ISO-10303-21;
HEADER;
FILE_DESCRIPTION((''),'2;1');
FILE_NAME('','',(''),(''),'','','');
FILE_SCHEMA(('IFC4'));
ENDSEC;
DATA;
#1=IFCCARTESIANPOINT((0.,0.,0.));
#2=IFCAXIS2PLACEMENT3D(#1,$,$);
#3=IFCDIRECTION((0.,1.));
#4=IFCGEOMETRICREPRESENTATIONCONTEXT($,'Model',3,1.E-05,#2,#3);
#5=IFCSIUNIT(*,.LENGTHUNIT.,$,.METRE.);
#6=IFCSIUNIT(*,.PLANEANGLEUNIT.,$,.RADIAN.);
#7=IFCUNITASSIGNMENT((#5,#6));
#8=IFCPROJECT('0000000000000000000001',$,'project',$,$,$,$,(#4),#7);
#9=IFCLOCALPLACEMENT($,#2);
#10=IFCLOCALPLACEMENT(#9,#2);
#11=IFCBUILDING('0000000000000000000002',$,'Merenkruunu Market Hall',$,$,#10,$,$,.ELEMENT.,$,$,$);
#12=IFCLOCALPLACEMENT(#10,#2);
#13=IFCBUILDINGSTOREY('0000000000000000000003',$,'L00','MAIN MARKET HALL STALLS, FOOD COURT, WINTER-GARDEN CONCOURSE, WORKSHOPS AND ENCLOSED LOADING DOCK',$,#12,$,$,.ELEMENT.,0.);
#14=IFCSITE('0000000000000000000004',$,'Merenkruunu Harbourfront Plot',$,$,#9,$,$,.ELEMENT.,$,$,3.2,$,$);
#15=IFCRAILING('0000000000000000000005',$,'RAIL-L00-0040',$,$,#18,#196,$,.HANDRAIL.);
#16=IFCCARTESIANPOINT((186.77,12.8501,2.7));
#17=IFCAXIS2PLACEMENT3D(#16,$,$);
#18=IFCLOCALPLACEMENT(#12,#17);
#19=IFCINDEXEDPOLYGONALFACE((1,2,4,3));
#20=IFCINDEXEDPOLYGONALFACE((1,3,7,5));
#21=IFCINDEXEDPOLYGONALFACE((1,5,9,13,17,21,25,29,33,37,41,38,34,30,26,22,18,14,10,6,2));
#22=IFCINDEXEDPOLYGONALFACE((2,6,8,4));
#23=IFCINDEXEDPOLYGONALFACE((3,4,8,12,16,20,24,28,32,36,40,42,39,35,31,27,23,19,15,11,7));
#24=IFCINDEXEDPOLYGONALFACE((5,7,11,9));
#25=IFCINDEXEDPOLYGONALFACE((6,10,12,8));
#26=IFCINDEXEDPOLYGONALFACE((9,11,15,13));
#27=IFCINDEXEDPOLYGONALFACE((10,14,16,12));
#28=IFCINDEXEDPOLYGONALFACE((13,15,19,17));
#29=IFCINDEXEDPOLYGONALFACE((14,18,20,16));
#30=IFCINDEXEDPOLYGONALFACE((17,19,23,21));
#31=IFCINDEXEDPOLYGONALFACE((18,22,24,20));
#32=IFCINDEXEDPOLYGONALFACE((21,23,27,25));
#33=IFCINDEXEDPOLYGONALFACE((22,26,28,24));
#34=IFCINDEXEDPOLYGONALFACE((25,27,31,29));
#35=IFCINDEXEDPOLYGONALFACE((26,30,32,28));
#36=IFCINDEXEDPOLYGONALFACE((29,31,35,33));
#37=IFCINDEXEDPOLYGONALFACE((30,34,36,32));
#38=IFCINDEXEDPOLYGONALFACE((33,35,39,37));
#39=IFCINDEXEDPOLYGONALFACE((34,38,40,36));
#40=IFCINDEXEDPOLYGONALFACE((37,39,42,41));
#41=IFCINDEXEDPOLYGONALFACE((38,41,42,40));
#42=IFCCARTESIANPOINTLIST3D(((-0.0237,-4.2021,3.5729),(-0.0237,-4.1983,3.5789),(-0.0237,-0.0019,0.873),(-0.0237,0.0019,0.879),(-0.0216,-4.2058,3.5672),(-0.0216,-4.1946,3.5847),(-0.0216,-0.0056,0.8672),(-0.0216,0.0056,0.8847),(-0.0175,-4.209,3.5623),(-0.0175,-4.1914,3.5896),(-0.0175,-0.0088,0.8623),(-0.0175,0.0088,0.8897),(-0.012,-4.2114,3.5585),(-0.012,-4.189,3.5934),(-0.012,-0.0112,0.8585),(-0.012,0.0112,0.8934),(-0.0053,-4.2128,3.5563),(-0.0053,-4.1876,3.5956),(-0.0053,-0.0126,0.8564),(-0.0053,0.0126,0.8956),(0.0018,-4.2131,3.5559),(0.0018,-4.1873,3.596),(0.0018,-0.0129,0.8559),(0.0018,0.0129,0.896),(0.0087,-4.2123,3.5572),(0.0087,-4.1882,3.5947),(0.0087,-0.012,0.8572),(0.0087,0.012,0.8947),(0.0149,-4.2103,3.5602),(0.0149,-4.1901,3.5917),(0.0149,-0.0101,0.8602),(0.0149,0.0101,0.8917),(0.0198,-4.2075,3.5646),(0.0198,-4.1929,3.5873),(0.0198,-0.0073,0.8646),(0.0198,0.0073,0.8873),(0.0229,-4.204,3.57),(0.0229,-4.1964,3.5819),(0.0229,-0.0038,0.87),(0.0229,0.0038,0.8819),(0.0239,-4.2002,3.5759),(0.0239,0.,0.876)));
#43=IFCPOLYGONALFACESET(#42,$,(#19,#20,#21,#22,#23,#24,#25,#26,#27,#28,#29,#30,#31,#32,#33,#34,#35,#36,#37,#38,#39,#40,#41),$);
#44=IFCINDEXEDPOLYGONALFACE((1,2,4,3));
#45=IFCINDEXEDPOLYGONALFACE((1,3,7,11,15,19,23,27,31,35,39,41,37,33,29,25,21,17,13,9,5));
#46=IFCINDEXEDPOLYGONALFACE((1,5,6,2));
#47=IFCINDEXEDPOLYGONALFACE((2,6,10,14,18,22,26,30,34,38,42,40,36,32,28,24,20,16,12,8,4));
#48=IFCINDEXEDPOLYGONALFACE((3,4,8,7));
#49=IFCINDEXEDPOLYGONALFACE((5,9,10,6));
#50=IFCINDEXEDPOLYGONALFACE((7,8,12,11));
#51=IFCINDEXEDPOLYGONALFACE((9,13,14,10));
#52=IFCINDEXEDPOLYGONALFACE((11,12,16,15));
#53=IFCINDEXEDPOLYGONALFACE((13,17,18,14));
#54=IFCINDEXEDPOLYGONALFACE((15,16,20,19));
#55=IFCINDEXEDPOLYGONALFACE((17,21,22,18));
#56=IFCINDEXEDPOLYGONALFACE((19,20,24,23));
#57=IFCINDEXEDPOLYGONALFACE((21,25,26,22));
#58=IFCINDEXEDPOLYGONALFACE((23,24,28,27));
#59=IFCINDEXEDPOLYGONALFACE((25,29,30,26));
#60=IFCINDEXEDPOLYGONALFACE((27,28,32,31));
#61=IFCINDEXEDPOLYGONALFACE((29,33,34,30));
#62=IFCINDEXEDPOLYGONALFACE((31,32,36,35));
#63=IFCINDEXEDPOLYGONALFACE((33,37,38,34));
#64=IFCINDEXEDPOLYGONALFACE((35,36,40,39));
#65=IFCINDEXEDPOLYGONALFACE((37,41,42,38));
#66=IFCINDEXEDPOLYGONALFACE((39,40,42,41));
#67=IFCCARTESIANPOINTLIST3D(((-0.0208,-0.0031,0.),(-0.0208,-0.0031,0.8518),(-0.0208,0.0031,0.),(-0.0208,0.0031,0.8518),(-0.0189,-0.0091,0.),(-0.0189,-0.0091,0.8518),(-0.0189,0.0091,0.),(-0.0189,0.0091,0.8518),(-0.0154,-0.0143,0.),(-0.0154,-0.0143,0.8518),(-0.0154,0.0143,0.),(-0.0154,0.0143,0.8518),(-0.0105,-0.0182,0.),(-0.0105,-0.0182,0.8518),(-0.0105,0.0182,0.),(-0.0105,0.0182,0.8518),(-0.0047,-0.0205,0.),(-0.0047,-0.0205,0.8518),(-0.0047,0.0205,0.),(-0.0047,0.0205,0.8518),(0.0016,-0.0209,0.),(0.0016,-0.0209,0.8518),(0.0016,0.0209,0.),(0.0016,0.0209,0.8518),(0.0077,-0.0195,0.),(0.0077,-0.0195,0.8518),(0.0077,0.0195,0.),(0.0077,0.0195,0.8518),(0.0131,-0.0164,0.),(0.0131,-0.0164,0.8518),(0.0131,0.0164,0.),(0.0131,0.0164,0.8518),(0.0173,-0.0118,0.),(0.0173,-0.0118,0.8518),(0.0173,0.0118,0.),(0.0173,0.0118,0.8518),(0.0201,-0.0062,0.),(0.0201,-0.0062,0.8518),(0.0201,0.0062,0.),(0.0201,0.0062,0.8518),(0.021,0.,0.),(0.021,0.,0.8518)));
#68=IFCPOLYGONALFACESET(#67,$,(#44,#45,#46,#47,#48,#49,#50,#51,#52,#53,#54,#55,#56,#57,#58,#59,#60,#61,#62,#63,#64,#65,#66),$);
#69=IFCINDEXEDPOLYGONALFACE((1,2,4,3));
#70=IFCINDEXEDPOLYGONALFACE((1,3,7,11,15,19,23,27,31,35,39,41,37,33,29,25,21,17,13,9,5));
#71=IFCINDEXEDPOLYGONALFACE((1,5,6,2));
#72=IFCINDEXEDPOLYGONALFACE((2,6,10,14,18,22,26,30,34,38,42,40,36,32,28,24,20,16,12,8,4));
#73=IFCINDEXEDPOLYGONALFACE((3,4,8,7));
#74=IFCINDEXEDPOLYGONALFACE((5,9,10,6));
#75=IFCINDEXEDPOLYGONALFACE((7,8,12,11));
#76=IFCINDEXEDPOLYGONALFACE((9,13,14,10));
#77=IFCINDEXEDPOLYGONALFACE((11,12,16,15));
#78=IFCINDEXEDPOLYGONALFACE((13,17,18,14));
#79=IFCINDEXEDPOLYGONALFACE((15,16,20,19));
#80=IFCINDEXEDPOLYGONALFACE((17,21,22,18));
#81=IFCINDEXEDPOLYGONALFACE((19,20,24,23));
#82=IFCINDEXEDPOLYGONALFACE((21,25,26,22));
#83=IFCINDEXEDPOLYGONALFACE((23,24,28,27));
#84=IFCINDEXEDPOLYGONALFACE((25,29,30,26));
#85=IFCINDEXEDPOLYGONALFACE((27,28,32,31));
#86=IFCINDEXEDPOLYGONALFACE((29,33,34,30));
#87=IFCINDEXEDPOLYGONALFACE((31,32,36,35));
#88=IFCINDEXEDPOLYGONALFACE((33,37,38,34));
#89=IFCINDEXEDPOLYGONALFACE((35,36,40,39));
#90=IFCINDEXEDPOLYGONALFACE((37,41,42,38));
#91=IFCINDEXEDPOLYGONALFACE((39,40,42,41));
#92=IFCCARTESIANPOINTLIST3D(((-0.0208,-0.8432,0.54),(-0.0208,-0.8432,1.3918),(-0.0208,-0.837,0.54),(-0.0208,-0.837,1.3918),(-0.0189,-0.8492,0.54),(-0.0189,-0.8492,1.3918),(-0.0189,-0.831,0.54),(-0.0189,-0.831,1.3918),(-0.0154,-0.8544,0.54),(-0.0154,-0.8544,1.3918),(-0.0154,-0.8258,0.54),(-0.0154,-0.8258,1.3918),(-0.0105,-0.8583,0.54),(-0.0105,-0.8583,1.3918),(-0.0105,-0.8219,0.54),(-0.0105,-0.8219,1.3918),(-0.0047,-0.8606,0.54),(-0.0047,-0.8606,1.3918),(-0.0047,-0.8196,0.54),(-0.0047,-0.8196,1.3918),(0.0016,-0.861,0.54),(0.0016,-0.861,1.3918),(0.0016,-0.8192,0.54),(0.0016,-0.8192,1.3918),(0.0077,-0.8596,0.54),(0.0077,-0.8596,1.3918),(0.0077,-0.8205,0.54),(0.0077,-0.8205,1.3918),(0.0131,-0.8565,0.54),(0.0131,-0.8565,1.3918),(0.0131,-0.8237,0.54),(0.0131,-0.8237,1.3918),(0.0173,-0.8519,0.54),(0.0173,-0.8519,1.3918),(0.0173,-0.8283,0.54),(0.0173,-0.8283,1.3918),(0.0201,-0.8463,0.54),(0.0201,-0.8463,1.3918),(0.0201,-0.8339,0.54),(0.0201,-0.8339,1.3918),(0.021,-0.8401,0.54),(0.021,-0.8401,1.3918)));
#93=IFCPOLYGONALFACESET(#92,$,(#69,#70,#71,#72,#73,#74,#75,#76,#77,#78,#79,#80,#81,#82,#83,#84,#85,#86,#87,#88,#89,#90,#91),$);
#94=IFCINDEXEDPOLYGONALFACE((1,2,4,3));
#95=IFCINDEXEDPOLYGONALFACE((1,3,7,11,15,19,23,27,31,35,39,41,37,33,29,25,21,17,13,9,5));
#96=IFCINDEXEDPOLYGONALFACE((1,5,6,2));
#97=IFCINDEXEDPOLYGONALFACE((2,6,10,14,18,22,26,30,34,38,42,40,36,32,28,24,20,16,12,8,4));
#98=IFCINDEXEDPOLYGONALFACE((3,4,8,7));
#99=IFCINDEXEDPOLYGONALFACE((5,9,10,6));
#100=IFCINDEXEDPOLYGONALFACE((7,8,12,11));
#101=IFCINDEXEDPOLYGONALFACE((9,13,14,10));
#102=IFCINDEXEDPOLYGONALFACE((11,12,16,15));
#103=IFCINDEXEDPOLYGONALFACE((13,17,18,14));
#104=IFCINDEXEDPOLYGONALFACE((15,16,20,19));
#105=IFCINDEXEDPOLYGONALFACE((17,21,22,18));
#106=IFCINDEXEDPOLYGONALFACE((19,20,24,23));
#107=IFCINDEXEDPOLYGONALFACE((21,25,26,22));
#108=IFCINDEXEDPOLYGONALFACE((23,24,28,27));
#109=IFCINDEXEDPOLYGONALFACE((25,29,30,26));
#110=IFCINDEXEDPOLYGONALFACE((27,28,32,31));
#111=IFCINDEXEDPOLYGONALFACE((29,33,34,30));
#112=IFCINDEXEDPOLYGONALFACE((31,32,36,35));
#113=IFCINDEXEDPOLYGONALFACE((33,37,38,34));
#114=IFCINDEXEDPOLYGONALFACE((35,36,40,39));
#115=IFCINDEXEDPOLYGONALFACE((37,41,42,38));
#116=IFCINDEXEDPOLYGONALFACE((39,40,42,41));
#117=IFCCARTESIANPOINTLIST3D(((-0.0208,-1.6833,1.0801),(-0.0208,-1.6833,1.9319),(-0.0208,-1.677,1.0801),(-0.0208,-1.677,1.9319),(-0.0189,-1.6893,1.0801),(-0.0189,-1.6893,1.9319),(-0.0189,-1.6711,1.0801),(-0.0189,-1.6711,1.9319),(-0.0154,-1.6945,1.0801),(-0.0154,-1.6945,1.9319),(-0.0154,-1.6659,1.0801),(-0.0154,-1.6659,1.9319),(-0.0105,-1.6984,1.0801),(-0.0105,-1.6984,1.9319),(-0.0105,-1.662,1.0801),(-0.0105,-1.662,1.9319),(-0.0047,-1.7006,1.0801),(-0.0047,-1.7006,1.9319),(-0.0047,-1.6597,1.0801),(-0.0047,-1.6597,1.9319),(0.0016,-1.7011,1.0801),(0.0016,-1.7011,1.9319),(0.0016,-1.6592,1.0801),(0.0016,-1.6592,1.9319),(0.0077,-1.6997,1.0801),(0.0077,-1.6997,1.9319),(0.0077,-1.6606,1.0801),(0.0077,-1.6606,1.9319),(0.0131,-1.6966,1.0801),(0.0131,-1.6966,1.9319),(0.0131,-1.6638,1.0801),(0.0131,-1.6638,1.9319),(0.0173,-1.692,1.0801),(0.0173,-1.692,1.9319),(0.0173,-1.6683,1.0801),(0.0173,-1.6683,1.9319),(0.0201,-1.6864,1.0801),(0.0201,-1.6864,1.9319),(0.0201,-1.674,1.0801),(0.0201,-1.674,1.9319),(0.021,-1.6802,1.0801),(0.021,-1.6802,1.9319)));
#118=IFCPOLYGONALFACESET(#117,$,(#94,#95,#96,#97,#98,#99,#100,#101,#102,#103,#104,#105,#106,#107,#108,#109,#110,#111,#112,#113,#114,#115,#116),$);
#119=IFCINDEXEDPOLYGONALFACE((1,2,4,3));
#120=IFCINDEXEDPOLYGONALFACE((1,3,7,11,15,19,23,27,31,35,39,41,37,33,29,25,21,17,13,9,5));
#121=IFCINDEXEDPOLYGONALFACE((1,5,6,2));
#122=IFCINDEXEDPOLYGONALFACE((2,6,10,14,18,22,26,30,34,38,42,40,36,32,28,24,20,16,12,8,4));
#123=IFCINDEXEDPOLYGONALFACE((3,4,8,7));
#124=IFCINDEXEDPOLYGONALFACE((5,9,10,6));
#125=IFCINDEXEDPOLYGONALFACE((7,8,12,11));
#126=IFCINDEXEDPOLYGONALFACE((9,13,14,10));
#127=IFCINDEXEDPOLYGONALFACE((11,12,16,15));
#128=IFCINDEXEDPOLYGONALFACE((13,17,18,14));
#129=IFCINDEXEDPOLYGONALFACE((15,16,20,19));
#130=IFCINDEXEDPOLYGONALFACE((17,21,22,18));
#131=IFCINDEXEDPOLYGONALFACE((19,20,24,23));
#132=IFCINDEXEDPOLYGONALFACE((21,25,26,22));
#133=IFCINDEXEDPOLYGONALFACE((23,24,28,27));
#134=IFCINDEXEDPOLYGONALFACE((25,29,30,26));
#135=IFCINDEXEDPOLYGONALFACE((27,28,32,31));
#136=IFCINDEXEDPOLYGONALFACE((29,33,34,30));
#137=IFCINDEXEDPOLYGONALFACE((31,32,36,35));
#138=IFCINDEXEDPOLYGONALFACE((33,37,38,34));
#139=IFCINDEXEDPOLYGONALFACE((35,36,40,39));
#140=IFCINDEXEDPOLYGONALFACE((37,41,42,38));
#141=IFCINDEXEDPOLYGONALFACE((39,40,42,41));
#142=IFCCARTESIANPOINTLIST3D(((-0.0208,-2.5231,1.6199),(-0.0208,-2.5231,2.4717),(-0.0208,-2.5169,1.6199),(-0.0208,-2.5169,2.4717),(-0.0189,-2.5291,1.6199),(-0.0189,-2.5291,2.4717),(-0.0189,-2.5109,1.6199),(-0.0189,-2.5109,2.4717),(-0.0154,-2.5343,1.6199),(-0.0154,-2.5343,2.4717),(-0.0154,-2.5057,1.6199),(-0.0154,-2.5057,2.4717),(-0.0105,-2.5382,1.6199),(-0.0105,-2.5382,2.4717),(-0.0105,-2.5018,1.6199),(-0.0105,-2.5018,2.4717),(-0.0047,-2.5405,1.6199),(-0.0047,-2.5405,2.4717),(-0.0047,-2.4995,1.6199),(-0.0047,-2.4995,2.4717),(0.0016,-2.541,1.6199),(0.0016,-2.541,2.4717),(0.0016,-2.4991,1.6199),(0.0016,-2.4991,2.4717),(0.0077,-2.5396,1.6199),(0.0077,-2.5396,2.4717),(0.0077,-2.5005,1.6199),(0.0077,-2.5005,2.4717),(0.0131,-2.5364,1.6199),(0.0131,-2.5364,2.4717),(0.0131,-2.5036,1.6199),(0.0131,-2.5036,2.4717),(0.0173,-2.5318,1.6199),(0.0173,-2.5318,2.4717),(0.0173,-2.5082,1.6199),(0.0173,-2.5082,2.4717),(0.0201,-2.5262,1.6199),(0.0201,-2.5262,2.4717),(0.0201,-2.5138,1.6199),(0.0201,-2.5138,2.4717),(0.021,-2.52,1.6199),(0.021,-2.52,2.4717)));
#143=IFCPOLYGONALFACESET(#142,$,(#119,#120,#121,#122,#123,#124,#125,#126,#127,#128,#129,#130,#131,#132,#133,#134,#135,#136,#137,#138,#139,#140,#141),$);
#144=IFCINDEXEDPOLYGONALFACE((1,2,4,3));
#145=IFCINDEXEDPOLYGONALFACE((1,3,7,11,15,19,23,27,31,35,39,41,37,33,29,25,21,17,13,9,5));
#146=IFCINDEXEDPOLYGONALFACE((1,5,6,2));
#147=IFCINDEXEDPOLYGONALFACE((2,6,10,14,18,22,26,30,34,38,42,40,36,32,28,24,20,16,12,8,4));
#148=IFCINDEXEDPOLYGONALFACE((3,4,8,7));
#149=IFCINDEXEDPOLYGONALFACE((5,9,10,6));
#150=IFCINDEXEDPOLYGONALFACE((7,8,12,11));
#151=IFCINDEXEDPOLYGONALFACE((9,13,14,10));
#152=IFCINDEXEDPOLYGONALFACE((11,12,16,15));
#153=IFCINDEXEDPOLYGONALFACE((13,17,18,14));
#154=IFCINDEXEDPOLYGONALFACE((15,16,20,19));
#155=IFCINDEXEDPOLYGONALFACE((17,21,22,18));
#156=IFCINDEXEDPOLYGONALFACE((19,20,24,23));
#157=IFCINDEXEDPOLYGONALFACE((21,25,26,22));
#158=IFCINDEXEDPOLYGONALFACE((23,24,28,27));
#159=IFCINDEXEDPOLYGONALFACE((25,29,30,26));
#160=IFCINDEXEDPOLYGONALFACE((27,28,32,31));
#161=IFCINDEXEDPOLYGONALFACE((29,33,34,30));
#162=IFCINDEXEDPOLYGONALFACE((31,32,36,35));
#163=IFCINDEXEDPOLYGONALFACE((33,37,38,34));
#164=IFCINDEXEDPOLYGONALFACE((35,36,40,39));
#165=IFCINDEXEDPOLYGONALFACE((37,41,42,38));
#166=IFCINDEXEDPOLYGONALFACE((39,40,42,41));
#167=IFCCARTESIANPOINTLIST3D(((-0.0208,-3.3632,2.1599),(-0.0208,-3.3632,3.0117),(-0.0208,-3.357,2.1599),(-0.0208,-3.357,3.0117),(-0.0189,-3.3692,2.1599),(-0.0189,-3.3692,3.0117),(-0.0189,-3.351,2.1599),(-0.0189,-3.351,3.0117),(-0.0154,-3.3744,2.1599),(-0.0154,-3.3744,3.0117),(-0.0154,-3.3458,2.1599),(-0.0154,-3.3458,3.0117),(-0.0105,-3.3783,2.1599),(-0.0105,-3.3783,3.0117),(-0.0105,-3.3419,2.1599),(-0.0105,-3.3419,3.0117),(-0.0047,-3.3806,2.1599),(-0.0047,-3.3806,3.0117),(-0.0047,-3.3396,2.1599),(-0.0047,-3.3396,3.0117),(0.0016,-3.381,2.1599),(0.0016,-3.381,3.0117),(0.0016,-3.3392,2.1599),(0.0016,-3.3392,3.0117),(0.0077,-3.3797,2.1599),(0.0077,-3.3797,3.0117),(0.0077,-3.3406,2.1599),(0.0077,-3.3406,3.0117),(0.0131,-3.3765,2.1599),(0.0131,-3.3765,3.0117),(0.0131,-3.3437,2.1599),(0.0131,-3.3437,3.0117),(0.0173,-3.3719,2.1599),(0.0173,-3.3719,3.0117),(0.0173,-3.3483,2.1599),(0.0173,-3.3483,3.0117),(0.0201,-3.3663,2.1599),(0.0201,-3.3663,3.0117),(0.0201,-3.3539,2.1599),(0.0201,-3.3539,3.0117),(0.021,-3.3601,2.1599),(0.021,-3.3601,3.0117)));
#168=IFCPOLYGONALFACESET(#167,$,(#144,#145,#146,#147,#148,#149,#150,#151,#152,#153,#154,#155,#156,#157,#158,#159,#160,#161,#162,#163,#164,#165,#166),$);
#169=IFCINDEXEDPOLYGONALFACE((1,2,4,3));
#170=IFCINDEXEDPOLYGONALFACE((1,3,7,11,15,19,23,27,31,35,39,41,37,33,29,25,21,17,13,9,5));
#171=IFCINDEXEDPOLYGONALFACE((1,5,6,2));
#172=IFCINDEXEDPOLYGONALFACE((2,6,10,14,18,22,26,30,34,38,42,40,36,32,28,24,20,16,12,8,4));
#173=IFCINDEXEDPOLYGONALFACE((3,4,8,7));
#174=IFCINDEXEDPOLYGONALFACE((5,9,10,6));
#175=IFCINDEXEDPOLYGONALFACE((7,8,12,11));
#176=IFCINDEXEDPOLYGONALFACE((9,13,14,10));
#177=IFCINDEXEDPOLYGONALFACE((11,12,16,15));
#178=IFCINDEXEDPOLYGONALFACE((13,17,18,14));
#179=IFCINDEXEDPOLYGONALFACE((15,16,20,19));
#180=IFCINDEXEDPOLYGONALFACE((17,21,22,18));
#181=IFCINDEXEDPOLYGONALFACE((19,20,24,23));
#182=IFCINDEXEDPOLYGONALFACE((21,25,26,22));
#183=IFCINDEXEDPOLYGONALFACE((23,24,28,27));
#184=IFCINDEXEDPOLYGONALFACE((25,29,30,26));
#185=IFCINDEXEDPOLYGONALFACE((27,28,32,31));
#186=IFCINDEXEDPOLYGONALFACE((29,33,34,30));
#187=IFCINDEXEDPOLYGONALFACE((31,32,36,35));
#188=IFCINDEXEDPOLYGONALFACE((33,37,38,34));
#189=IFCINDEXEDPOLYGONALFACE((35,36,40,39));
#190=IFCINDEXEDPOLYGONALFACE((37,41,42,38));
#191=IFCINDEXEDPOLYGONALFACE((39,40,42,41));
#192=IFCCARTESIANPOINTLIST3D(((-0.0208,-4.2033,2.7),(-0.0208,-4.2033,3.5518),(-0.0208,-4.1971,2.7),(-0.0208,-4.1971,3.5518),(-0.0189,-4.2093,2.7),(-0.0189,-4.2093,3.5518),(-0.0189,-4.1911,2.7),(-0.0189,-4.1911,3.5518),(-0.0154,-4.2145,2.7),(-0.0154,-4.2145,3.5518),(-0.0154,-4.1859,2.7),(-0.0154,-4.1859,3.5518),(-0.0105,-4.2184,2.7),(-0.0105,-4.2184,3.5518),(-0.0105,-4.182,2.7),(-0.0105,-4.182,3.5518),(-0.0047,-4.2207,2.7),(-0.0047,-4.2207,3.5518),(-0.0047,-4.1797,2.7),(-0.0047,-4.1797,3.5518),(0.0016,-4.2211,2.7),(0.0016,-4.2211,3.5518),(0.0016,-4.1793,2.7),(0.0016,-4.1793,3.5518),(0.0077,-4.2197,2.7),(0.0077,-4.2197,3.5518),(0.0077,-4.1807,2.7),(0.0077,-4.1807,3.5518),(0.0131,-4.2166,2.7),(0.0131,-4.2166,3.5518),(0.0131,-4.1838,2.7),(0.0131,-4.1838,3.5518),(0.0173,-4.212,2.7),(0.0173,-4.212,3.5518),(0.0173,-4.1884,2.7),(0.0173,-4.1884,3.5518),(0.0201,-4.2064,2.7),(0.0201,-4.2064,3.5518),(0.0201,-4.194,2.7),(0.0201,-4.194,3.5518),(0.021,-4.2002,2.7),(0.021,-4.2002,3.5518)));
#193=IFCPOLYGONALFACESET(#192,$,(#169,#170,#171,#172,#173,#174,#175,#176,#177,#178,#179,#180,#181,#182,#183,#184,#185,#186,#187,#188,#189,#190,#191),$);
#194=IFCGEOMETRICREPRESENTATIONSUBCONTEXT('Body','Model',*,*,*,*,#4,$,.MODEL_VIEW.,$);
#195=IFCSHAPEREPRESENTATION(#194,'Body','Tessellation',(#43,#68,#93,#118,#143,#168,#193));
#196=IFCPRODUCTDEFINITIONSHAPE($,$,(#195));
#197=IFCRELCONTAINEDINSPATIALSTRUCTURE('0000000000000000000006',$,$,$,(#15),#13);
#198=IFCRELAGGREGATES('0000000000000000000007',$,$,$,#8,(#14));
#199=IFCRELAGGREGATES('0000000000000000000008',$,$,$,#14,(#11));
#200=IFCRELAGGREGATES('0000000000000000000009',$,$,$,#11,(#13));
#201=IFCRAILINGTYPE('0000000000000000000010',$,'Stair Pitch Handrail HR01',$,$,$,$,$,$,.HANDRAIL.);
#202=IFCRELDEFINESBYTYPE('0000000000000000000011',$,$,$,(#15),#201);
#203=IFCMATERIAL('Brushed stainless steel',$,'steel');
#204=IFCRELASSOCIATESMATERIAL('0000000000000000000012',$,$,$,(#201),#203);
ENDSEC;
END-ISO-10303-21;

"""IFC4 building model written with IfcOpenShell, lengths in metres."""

from ifc_helpers import new_model, si_unit, direction, frame, origin, origin_2d, place, context, subcontext, project, spatial, circle, extrude, material, type_object, element, save


model = new_model("IFC4")

# Units and contexts
model_context = context("Model", 3, precision=1e-05, world=origin(), true_north=direction((0.0, 1.0)))
body_context = subcontext(model_context, "Body", "Model", "MODEL_VIEW")
ifc_project = project(units=[si_unit("LENGTHUNIT", "METRE"), si_unit("PLANEANGLEUNIT", "RADIAN")], contexts=[model_context])

# Site, building, storey
site_placement = place(None, origin())
site = spatial("IfcSite", under=ifc_project, at=site_placement, Name="Merenkruunu Harbourfront Plot", CompositionType="ELEMENT", RefElevation=3.2)
building_placement = place(site_placement, origin())
building = spatial("IfcBuilding", under=site, at=building_placement, Name="Merenkruunu Market Hall", CompositionType="ELEMENT")
storey_placement = place(building_placement, origin())
storey = spatial("IfcBuildingStorey", under=building, at=storey_placement, Name="L00", Description="MAIN MARKET HALL STALLS, FOOD COURT, WINTER-GARDEN CONCOURSE, WORKSHOPS AND ENCLOSED LOADING DOCK", CompositionType="ELEMENT", Elevation=0.0)

# Railing
ifc_material_1 = material(Name="Brushed stainless steel", Category="steel")
railing_type_1 = type_object("IfcRailingType", Name="Stair Pitch Handrail HR01", PredefinedType="HANDRAIL", material=ifc_material_1)
railing_1_placement = place(storey_placement, frame((186.77, 12.8501, 2.7)))
element("IfcRailing", 1, at=railing_1_placement, inside=storey, type_object=railing_type_1, Name="RAIL-L00-0040", PredefinedType="HANDRAIL", context=body_context, shape_type="SweptSolid", body=[
    extrude(circle(Radius=0.0239, at=origin_2d()), frame((0.0, 0.0, 0.876), z_axis=(0.0, -0.841194, 0.540733), x_axis=(1.0, 0.0, 0.0)), (0.0, 0.0, 1.0), 4.9932),
    extrude(circle(Radius=0.021, at=origin_2d()), origin(), (0.0, 0.0, 1.0), 0.8518),
    extrude(circle(Radius=0.021, at=origin_2d()), frame((0.0, -0.8401, 0.54)), (0.0, 0.0, 1.0), 0.8518),
    extrude(circle(Radius=0.021, at=origin_2d()), frame((0.0, -1.6802, 1.0801)), (0.0, 0.0, 1.0), 0.8518),
    extrude(circle(Radius=0.021, at=origin_2d()), frame((0.0, -2.52, 1.6199)), (0.0, 0.0, 1.0), 0.8518),
    extrude(circle(Radius=0.021, at=origin_2d()), frame((0.0, -3.3601, 2.1599)), (0.0, 0.0, 1.0), 0.8518),
    extrude(circle(Radius=0.021, at=origin_2d()), frame((0.0, -4.2002, 2.7)), (0.0, 0.0, 1.0), 0.8518),
])

save(model, "model.ifc")
